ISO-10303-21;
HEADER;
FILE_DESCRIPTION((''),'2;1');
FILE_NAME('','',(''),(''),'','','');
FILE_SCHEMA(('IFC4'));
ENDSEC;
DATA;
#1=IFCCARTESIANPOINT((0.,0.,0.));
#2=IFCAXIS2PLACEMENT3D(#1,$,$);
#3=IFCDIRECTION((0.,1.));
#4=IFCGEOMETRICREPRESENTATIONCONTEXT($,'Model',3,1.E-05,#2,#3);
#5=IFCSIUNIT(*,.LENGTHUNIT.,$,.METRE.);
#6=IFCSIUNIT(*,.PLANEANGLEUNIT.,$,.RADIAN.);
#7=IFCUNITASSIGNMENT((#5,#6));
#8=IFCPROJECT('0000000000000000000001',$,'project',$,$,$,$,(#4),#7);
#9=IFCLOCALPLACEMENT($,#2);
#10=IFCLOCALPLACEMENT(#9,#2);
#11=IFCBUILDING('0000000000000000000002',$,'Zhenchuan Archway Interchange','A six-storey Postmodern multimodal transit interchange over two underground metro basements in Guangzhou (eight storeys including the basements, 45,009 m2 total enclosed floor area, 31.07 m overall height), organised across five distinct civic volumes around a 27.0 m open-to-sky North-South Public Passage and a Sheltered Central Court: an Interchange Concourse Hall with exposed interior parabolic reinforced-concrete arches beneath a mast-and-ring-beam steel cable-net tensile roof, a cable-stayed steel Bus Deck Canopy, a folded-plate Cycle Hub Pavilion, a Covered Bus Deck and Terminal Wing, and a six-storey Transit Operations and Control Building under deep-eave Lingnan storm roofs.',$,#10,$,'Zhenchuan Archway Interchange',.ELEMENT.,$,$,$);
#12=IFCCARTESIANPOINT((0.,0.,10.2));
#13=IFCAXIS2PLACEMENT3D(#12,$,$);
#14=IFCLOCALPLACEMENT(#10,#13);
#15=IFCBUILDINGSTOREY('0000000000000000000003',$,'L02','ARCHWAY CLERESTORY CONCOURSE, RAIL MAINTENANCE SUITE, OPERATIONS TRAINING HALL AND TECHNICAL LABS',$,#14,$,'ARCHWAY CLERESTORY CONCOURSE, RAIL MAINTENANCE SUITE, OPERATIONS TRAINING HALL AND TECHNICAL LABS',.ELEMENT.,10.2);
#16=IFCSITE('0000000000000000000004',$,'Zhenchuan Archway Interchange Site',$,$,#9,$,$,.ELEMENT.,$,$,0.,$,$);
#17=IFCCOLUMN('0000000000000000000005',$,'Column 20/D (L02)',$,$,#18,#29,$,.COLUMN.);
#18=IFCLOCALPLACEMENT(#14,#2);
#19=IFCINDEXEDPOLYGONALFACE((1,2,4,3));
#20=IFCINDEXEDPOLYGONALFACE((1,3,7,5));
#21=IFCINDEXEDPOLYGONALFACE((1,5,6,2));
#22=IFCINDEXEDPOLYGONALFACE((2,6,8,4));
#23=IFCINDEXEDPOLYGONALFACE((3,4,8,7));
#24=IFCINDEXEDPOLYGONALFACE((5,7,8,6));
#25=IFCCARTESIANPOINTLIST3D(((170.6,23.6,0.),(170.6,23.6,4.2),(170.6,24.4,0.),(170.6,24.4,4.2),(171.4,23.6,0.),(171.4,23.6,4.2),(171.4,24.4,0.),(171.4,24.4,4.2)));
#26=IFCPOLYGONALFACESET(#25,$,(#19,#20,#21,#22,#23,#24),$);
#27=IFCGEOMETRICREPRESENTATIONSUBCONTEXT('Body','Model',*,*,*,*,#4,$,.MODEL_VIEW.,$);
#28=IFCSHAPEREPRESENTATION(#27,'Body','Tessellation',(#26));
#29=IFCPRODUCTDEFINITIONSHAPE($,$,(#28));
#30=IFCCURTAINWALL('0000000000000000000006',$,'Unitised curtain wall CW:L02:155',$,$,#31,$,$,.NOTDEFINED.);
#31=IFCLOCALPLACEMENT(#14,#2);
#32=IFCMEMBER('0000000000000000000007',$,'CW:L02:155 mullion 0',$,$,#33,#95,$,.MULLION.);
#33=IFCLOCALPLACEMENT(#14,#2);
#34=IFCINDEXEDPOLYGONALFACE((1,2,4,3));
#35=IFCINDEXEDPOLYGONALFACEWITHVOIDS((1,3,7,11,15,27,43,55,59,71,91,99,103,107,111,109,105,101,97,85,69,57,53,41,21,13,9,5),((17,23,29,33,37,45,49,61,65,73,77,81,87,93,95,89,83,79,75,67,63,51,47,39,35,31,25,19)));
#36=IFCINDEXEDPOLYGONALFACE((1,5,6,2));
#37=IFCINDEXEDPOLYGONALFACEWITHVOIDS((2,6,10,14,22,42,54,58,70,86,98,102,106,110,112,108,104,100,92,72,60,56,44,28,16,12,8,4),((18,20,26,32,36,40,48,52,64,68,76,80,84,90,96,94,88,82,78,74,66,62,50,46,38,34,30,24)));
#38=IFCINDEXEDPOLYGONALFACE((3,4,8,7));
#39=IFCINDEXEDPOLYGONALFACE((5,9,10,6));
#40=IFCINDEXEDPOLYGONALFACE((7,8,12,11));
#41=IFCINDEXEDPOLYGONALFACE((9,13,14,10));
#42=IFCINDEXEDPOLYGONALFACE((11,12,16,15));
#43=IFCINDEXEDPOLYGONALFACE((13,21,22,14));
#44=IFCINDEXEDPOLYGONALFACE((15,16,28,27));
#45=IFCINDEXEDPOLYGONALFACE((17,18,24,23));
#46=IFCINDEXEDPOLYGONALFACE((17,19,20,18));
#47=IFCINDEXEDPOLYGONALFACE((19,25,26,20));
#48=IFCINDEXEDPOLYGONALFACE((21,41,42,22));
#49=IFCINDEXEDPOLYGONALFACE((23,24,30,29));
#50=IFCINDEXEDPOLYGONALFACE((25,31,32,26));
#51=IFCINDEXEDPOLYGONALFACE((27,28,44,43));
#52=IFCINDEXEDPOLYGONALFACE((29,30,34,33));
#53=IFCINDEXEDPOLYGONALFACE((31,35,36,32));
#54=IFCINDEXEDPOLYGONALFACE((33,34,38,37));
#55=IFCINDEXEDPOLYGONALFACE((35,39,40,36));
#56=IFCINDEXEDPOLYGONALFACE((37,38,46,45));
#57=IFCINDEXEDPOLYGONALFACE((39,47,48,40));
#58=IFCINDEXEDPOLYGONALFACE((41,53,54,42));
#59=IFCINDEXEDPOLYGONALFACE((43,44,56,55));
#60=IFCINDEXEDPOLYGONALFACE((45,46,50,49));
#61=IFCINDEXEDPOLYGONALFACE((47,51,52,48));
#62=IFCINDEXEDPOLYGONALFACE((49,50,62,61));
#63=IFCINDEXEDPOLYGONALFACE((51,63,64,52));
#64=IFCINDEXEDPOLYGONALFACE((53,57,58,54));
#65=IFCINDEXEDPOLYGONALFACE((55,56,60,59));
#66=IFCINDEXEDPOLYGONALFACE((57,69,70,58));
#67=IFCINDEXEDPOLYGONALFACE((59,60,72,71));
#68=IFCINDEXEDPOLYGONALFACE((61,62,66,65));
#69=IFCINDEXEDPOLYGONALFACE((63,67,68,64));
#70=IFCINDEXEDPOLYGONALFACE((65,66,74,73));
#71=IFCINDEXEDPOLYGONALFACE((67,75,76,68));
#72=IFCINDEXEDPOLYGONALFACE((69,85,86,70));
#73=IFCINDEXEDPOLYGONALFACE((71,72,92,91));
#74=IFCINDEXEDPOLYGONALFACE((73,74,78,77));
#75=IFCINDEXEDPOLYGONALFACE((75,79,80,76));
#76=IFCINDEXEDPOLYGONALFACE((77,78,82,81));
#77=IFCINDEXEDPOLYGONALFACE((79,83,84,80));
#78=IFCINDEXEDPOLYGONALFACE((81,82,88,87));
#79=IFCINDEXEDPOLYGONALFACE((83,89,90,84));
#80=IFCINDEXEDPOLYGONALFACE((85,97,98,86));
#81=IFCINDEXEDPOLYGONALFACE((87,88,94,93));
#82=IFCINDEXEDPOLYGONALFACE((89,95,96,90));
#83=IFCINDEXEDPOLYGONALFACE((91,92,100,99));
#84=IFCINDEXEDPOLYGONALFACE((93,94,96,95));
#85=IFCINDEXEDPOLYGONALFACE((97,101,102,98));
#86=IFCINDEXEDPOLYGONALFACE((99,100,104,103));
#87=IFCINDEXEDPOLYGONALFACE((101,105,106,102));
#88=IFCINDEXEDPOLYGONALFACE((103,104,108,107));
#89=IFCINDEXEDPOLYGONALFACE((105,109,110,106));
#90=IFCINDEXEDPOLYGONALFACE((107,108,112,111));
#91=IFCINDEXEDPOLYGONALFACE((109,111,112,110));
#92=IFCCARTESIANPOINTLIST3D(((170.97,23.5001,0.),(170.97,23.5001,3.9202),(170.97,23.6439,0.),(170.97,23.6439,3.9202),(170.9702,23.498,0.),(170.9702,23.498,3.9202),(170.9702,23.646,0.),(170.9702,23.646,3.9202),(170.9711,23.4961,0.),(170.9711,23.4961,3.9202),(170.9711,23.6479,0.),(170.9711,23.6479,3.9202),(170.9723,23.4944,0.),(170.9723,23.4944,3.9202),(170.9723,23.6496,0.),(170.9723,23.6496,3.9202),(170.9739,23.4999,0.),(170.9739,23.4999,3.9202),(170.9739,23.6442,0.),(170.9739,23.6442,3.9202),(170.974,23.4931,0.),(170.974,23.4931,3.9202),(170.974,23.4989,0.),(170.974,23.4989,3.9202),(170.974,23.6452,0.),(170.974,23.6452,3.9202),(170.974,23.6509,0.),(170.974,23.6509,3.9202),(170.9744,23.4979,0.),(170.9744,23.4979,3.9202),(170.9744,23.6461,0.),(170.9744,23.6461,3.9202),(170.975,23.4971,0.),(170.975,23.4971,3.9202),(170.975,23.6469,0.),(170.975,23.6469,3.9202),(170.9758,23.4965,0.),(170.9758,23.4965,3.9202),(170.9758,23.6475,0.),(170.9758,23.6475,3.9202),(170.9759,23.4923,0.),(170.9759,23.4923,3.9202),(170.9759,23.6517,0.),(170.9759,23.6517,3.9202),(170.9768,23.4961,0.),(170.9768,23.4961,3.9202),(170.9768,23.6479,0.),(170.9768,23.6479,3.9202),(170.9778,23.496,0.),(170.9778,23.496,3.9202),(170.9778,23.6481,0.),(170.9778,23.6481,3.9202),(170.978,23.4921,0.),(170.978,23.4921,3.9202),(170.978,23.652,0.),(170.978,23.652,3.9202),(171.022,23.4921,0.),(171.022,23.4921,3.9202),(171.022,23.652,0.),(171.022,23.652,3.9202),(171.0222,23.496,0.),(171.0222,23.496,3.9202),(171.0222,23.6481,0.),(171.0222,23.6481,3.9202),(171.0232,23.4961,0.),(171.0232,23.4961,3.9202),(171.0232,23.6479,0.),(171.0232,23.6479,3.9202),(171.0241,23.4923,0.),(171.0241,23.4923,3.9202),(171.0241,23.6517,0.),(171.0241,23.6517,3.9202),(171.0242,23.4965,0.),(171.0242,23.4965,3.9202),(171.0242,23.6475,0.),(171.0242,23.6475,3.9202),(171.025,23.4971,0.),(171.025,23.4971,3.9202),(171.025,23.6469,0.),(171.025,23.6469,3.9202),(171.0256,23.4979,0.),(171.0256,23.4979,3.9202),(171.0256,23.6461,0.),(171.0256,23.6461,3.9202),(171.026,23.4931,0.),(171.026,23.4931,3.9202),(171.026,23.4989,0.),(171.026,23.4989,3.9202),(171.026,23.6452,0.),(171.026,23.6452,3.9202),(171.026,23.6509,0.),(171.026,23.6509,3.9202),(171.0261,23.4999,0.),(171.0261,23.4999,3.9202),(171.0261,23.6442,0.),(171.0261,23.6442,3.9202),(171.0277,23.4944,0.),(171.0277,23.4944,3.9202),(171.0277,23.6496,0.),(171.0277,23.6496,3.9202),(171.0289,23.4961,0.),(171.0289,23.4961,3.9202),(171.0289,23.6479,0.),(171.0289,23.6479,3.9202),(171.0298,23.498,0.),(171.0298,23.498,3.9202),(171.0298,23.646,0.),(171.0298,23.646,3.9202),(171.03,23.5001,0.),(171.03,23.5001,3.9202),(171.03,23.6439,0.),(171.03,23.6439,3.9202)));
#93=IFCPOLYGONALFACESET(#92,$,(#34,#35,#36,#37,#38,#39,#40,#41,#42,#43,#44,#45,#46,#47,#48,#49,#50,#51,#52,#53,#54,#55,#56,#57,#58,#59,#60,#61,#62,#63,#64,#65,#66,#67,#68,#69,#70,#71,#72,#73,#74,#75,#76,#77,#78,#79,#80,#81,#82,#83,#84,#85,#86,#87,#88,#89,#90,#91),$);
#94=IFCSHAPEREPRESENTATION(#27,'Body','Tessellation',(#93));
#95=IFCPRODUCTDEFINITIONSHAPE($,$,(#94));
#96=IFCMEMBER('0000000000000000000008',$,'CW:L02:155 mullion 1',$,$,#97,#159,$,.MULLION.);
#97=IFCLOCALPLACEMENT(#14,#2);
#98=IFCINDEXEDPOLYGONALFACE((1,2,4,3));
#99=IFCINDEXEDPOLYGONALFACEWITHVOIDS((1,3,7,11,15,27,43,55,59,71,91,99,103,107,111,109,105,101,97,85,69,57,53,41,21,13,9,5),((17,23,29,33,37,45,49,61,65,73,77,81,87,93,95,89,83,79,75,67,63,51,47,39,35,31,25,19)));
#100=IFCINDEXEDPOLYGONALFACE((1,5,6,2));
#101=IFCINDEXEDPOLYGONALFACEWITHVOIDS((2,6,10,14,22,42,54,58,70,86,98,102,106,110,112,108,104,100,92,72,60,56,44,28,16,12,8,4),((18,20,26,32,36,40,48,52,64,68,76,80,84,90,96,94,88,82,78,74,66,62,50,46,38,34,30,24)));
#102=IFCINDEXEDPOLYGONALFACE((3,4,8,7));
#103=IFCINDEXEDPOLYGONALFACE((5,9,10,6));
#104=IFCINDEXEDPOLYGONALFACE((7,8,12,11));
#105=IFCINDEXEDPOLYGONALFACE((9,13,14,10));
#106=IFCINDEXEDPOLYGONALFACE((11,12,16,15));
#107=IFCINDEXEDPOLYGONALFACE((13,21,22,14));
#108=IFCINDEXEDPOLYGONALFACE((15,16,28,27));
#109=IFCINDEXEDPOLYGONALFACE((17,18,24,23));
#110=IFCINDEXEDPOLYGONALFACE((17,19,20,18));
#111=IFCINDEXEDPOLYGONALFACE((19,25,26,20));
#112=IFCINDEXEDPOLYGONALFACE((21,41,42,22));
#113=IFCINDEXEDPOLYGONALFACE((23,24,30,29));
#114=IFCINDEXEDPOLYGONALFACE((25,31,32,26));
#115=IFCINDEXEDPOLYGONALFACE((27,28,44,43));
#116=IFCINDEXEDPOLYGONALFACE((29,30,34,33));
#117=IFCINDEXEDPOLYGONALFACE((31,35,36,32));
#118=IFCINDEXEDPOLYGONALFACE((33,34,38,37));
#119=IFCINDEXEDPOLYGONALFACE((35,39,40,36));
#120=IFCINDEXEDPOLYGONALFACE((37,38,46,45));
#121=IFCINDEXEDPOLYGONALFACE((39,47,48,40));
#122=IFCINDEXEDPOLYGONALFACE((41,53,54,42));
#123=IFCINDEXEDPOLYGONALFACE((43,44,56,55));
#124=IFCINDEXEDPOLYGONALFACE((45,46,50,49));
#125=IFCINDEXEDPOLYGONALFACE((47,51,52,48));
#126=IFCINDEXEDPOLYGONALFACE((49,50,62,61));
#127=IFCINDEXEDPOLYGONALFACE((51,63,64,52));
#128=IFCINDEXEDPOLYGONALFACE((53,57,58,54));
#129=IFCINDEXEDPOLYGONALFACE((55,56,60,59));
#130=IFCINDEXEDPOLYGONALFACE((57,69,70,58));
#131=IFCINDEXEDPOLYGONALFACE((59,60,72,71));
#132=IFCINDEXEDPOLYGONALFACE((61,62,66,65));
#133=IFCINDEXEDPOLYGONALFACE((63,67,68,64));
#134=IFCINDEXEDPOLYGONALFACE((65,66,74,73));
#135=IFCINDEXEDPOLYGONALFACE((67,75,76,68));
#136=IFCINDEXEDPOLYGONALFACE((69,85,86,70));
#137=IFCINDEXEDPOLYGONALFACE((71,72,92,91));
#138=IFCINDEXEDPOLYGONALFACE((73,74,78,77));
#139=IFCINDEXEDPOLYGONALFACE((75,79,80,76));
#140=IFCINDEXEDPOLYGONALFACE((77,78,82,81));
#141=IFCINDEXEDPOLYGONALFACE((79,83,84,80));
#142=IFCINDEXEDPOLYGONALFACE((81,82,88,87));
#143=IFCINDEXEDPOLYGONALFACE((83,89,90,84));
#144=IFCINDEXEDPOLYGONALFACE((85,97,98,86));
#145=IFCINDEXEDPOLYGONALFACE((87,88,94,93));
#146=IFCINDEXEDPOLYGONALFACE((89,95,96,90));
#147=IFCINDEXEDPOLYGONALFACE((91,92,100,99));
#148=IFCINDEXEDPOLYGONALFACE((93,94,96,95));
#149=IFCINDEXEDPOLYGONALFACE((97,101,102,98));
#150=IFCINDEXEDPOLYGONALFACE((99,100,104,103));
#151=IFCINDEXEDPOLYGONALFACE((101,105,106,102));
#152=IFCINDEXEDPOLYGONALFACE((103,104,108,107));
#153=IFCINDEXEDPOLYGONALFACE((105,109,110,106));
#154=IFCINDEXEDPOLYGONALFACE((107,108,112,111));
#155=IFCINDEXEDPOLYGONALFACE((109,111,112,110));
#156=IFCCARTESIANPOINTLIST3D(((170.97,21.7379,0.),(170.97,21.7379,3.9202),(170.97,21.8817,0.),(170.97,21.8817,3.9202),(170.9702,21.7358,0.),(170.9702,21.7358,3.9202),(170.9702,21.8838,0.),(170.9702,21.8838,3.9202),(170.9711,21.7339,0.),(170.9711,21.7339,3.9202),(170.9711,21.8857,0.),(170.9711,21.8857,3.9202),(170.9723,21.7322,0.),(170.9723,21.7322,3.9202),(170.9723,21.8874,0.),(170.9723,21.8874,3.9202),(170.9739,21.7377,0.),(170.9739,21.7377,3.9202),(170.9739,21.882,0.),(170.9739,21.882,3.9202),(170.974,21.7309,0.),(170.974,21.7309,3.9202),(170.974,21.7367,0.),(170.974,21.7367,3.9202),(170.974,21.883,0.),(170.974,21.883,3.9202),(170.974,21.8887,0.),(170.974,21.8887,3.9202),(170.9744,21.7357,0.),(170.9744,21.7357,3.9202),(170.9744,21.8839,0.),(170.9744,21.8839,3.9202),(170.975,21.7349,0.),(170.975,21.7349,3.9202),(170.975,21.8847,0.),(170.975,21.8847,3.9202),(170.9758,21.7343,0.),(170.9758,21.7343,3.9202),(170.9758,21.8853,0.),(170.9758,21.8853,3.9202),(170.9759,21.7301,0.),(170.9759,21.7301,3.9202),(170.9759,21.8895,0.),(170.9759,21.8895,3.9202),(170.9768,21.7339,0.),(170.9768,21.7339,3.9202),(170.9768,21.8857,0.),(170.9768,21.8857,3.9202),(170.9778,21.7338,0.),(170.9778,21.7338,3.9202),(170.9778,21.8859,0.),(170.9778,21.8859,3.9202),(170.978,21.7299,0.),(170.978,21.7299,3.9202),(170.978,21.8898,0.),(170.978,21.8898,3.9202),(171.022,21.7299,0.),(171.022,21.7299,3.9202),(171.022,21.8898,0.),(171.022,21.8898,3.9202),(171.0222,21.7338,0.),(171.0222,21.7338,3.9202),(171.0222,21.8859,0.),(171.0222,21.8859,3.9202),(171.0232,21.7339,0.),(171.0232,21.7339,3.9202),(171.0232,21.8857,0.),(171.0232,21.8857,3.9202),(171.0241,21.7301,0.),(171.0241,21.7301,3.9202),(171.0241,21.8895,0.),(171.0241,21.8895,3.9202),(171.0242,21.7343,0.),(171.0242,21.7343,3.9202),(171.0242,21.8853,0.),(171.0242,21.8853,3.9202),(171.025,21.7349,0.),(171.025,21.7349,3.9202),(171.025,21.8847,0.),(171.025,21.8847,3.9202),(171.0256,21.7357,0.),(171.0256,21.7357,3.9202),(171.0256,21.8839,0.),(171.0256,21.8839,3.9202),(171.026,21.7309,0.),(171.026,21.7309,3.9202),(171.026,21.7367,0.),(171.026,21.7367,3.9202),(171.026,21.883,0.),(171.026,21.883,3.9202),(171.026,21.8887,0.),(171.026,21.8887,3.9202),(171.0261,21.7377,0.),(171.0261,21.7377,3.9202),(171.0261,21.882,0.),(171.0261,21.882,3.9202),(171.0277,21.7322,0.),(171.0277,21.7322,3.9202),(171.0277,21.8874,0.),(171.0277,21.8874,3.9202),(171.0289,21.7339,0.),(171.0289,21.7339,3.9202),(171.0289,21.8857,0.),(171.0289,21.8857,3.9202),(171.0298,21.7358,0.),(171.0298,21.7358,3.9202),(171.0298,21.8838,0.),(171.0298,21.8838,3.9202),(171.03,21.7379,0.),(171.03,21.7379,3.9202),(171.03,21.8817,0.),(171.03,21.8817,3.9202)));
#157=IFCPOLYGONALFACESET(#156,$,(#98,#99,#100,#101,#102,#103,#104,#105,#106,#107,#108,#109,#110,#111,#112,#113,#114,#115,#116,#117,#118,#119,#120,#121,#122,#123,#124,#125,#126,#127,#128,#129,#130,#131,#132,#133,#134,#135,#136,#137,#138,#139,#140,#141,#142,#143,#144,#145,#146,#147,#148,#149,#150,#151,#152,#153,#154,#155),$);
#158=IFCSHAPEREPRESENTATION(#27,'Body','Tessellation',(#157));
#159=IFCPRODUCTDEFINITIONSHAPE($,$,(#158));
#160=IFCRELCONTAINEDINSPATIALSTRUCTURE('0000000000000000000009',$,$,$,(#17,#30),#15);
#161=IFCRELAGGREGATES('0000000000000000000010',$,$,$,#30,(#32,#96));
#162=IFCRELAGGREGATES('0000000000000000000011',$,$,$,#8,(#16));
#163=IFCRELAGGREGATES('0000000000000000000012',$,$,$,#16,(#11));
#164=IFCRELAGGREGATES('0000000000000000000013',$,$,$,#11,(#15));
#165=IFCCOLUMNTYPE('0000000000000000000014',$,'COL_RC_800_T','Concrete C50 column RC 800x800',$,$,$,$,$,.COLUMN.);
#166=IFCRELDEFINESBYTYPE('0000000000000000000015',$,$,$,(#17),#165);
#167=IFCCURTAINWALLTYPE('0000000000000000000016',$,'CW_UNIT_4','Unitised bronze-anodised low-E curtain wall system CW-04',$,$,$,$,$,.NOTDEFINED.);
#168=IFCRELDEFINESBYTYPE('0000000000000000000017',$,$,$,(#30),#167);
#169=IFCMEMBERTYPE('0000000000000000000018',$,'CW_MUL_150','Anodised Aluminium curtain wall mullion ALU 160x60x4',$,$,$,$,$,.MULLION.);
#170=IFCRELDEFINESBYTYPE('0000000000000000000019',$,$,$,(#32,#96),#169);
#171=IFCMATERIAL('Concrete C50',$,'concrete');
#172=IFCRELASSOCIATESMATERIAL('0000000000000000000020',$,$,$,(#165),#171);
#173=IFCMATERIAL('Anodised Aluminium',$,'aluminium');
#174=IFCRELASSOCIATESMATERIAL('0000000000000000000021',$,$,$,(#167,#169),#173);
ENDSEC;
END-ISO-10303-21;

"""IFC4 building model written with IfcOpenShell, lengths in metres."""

from ifc_helpers import new_model, si_unit, direction, frame, origin, origin_2d, place, context, subcontext, project, spatial, rectangle, hollow_rectangle, extrude, material, material_profile, profile_set, type_object, element, aggregate, save


model = new_model("IFC4")

# Units and contexts
model_context = context("Model", 3, precision=1e-05, world=origin(), true_north=direction((0.0, 1.0)))
body_context = subcontext(model_context, "Body", "Model", "MODEL_VIEW")
ifc_project = project(units=[si_unit("LENGTHUNIT", "METRE"), si_unit("PLANEANGLEUNIT", "RADIAN")], contexts=[model_context])

# Site, building, storey
site_placement = place(None, origin())
site = spatial("IfcSite", under=ifc_project, at=site_placement, Name="Zhenchuan Archway Interchange Site", CompositionType="ELEMENT", RefElevation=0.0)
building_placement = place(site_placement, origin())
building = spatial("IfcBuilding", under=site, at=building_placement, Name="Zhenchuan Archway Interchange", Description="A six-storey Postmodern multimodal transit interchange over two underground metro basements in Guangzhou (eight storeys including the basements, 45,009 m2 total enclosed floor area, 31.07 m overall height), organised across five distinct civic volumes around a 27.0 m open-to-sky North-South Public Passage and a Sheltered Central Court: an Interchange Concourse Hall with exposed interior parabolic reinforced-concrete arches beneath a mast-and-ring-beam steel cable-net tensile roof, a cable-stayed steel Bus Deck Canopy, a folded-plate Cycle Hub Pavilion, a Covered Bus Deck and Terminal Wing, and a six-storey Transit Operations and Control Building under deep-eave Lingnan storm roofs.", LongName="Zhenchuan Archway Interchange", CompositionType="ELEMENT")
storey_placement = place(building_placement, frame((0.0, 0.0, 10.2)))
storey = spatial("IfcBuildingStorey", under=building, at=storey_placement, Name="L02", Description="ARCHWAY CLERESTORY CONCOURSE, RAIL MAINTENANCE SUITE, OPERATIONS TRAINING HALL AND TECHNICAL LABS", LongName="ARCHWAY CLERESTORY CONCOURSE, RAIL MAINTENANCE SUITE, OPERATIONS TRAINING HALL AND TECHNICAL LABS", CompositionType="ELEMENT", Elevation=10.2)

# Column
ifc_material_1 = material(Name="Concrete C50", Category="concrete")
ifc_material_profile_1 = material_profile(ifc_material_1, rectangle(XDim=0.8, YDim=0.8, at=origin_2d()), Name="RC 800x800")
ifc_profile_set_1 = profile_set([ifc_material_profile_1], Name="Concrete C50")
column_type = type_object("IfcColumnType", Name="COL_RC_800_T", Description="Concrete C50 column RC 800x800", PredefinedType="COLUMN", material=ifc_profile_set_1)
column_placement = place(storey_placement, frame((171.0, 24.0, 0.0), z_axis=(0.0, 0.0, 1.0), x_axis=(1.0, 0.0, 0.0)))
element("IfcColumn", 1, at=column_placement, inside=storey, type_object=column_type, Name="Column 20/D (L02)", PredefinedType="COLUMN", context=body_context, shape_type="SweptSolid", body=[
    extrude(rectangle(XDim=0.8, YDim=0.8, at=origin_2d()), origin(), (0.0, 0.0, 1.0), 4.2),
])

# Curtain wall, members
ifc_material_2 = material(Name="Anodised Aluminium", Category="aluminium")
curtain_wall_type = type_object("IfcCurtainWallType", Name="CW_UNIT_4", Description="Unitised bronze-anodised low-E curtain wall system CW-04", PredefinedType="NOTDEFINED", material=ifc_material_2)
curtain_wall_placement = place(storey_placement, origin())
curtain_wall = element("IfcCurtainWall", 2, at=curtain_wall_placement, inside=storey, type_object=curtain_wall_type, Name="Unitised curtain wall CW:L02:155", PredefinedType="NOTDEFINED")
ifc_material_profile_2 = material_profile(ifc_material_2, hollow_rectangle(XDim=0.0601, YDim=0.1599, WallThickness=0.0039, InnerFilletRadius=0.0039, OuterFilletRadius=0.0081, at=origin_2d()), Name="ALU 160x60x4")
ifc_profile_set_2 = profile_set([ifc_material_profile_2], Name="Anodised Aluminium")
member_type_1 = type_object("IfcMemberType", Name="CW_MUL_150", Description="Anodised Aluminium curtain wall mullion ALU 160x60x4", PredefinedType="MULLION", material=ifc_profile_set_2)
member_1_placement = place(storey_placement, frame((171.0, 23.572, 0.0), z_axis=(0.0, 0.0, 1.0), x_axis=(1.0, 0.0, 0.0)))
member_1 = element("IfcMember", 3, at=member_1_placement, type_object=member_type_1, Name="CW:L02:155 mullion 0", PredefinedType="MULLION", context=body_context, shape_type="SweptSolid", body=[
    extrude(hollow_rectangle(XDim=0.0601, YDim=0.1599, WallThickness=0.0039, InnerFilletRadius=0.0039, OuterFilletRadius=0.0081, at=origin_2d()), origin(), (0.0, 0.0, 1.0), 3.9202),
])
member_2_placement = place(storey_placement, frame((171.0, 21.8098, 0.0), z_axis=(0.0, 0.0, 1.0), x_axis=(1.0, 0.0, 0.0)))
member_2 = element("IfcMember", 4, at=member_2_placement, type_object=member_type_1, Name="CW:L02:155 mullion 1", PredefinedType="MULLION", context=body_context, shape_type="SweptSolid", body=[
    extrude(hollow_rectangle(XDim=0.0601, YDim=0.1599, WallThickness=0.0039, InnerFilletRadius=0.0039, OuterFilletRadius=0.0081, at=origin_2d()), origin(), (0.0, 0.0, 1.0), 3.9202),
])
aggregate(curtain_wall, [member_1, member_2])

save(model, "model.ifc")
